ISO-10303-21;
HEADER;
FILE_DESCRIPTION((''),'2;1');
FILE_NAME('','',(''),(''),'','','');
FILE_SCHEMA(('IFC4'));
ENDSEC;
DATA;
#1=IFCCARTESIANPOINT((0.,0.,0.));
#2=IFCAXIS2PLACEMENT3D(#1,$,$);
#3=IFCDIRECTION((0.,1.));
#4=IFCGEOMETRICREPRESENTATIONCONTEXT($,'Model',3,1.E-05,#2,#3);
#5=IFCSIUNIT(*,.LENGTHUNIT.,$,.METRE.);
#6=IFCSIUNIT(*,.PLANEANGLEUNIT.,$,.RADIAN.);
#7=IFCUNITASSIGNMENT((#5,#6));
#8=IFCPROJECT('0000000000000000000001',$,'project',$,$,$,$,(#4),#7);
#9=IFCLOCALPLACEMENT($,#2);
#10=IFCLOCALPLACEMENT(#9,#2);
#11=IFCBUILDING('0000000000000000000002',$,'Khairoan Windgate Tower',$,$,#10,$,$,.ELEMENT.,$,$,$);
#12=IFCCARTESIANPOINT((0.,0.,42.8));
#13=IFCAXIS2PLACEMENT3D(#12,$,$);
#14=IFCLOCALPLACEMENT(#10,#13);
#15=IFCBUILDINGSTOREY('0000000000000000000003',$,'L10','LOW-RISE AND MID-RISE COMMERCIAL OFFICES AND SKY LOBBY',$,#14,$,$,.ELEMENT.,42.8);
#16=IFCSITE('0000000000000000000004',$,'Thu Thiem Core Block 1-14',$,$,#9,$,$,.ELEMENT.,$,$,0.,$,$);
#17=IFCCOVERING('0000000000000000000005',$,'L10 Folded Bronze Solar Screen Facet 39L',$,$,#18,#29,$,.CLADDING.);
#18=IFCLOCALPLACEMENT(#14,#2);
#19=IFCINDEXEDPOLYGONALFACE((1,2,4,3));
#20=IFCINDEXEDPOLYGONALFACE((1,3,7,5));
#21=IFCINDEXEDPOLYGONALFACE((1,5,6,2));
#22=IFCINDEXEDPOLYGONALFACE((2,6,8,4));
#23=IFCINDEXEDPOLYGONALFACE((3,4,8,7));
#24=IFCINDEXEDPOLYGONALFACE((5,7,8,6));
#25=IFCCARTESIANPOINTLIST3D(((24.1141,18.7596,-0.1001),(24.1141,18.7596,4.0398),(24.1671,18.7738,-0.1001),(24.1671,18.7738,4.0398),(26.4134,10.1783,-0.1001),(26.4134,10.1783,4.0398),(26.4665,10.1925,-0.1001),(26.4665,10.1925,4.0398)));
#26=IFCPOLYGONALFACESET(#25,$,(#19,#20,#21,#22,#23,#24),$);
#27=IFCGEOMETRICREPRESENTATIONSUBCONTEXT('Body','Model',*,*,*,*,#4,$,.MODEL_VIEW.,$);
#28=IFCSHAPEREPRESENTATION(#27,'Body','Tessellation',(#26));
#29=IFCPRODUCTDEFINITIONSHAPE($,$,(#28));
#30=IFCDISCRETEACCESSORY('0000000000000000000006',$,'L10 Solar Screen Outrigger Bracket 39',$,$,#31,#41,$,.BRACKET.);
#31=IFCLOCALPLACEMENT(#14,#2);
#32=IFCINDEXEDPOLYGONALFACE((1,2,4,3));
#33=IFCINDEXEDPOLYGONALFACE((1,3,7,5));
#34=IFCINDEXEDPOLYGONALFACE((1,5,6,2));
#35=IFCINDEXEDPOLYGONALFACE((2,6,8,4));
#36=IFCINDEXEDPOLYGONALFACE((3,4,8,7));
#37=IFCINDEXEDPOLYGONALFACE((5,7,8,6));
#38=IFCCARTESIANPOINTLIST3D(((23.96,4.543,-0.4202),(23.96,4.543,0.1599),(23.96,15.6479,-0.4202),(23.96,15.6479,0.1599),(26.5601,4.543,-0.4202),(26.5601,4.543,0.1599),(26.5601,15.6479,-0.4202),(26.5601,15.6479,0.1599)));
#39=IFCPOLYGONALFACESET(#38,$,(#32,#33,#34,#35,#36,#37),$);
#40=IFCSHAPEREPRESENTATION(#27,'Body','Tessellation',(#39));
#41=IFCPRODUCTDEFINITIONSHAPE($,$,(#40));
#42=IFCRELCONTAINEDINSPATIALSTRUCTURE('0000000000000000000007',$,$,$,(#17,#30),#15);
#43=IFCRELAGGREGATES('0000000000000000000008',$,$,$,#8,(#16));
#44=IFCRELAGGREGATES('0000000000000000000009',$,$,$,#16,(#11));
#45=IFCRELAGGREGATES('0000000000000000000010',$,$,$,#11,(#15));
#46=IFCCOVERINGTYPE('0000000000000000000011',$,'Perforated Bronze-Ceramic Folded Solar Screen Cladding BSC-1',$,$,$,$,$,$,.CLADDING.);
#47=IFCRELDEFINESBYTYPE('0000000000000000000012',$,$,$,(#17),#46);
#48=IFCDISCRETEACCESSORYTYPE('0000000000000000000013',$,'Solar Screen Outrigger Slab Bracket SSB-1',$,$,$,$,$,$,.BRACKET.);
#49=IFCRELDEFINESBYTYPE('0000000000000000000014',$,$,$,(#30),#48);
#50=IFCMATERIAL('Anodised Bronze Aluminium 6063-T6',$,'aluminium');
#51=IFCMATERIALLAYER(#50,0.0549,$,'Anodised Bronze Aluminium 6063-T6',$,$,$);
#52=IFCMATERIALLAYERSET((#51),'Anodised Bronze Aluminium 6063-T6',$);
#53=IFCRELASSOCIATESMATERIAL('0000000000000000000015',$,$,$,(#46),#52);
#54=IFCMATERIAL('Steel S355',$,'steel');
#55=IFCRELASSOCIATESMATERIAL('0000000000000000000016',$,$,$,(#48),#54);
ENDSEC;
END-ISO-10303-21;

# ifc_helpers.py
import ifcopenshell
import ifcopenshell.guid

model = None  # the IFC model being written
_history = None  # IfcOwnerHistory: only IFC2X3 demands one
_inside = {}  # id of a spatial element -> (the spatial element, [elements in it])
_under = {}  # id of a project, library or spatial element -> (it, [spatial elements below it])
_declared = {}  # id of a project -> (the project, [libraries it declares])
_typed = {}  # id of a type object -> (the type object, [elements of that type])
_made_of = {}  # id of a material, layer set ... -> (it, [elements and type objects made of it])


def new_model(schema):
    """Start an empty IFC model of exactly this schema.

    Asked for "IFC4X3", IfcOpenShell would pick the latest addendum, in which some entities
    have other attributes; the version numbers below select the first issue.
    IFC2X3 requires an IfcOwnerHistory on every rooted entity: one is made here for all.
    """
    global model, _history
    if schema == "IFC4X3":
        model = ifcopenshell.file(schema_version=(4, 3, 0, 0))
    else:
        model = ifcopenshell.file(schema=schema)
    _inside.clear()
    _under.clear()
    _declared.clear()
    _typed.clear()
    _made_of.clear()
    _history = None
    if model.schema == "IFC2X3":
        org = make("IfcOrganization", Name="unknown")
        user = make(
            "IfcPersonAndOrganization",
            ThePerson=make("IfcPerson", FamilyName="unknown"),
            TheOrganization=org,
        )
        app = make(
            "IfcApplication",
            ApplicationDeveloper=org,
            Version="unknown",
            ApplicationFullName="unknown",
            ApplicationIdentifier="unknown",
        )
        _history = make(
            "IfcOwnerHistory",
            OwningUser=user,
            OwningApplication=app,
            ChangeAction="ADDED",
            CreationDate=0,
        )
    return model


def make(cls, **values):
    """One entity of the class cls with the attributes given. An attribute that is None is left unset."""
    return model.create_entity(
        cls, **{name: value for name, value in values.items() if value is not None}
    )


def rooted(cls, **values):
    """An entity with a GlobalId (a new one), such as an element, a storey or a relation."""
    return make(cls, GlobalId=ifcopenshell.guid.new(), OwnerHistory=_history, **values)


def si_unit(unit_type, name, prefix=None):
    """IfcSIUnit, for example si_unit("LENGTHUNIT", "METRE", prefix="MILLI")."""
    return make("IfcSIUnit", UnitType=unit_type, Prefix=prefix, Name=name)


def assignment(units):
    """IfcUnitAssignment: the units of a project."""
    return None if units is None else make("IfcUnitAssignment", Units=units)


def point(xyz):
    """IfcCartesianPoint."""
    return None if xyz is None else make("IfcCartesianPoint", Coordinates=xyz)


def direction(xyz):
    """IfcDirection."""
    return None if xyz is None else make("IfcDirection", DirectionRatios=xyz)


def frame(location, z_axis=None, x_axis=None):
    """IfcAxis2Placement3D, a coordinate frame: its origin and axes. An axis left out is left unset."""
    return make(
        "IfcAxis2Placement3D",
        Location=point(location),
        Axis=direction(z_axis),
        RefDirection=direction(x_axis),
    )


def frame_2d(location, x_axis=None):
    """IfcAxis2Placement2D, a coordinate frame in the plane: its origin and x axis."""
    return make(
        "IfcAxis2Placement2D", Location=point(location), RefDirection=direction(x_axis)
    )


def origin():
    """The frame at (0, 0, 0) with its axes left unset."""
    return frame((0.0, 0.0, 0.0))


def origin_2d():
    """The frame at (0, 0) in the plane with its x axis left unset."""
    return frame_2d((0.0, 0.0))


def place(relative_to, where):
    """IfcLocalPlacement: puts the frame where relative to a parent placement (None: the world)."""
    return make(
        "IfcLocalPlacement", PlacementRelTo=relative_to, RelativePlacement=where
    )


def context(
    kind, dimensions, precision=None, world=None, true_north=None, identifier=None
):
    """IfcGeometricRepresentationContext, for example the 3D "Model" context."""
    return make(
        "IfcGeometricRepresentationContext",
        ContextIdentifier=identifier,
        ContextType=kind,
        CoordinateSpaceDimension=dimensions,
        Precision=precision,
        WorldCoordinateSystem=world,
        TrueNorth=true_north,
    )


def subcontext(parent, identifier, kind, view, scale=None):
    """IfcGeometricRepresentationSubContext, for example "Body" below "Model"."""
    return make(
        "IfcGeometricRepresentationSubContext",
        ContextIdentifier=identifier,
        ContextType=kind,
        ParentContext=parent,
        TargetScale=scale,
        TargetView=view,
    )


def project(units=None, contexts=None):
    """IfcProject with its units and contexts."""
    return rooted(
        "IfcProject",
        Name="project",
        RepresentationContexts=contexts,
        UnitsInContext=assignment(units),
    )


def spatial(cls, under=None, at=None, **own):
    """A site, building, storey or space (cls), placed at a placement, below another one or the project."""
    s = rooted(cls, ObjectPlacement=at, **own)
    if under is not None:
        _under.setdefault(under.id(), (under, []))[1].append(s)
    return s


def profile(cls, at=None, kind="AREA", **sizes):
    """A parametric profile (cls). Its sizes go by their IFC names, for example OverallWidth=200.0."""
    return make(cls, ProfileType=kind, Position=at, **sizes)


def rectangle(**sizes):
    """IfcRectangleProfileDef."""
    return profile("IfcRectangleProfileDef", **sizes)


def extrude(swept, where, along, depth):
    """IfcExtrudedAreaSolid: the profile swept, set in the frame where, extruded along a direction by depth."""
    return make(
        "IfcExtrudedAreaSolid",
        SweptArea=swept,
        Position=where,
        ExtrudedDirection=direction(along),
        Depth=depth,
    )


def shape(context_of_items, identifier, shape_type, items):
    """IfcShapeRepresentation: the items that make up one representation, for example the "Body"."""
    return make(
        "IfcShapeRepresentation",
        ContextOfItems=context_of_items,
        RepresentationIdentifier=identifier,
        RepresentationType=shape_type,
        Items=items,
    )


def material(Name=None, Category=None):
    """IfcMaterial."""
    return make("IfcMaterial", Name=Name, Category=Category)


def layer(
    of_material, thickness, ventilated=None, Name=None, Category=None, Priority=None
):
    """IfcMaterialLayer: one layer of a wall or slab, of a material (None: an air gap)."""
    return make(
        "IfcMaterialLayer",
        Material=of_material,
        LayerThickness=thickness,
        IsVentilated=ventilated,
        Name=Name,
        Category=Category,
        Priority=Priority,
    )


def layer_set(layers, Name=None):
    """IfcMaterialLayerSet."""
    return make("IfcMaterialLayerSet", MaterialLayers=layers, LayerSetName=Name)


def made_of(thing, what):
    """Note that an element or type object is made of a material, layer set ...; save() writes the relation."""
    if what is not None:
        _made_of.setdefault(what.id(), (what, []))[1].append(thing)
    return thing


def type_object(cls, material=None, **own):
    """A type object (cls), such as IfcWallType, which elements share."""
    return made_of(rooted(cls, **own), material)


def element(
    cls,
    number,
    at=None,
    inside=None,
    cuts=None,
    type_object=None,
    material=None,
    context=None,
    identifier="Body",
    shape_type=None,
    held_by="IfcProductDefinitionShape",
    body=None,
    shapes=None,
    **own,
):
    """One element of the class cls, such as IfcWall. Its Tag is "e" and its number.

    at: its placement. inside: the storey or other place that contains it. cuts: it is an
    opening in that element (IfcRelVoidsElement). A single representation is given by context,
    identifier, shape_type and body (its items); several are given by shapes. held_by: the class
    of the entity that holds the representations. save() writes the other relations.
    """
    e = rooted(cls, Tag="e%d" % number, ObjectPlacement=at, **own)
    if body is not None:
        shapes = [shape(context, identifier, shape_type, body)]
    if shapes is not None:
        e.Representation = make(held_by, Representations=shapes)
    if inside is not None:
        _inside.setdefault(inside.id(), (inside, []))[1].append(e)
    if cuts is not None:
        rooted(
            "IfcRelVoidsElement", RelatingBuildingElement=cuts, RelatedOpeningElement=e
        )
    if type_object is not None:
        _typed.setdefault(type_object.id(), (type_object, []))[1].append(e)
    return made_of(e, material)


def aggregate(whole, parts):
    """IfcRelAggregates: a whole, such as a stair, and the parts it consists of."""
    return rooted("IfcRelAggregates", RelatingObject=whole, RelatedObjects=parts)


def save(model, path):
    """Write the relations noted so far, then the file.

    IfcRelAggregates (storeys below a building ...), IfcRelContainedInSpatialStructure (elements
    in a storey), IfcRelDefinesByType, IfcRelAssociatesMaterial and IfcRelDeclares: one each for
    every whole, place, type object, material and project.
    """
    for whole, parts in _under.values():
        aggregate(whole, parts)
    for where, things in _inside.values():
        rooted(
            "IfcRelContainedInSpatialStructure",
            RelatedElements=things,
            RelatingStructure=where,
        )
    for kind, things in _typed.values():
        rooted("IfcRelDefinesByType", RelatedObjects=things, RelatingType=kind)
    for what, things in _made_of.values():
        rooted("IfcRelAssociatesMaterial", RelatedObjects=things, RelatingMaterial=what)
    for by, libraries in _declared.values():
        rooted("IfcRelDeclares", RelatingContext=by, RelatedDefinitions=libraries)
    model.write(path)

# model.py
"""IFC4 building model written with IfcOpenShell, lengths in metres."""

from ifc_helpers import new_model, si_unit, direction, frame, origin, origin_2d, place, context, subcontext, project, spatial, rectangle, extrude, material, layer, layer_set, type_object, element, save


model = new_model("IFC4")

# Units and contexts
model_context = context("Model", 3, precision=1e-05, world=origin(), true_north=direction((0.0, 1.0)))
body_context = subcontext(model_context, "Body", "Model", "MODEL_VIEW")
ifc_project = project(units=[si_unit("LENGTHUNIT", "METRE"), si_unit("PLANEANGLEUNIT", "RADIAN")], contexts=[model_context])

# Site, building, storey
site_placement = place(None, origin())
site = spatial("IfcSite", under=ifc_project, at=site_placement, Name="Thu Thiem Core Block 1-14", CompositionType="ELEMENT", RefElevation=0.0)
building_placement = place(site_placement, origin())
building = spatial("IfcBuilding", under=site, at=building_placement, Name="Khairoan Windgate Tower", CompositionType="ELEMENT")
storey_placement = place(building_placement, frame((0.0, 0.0, 42.8)))
storey = spatial("IfcBuildingStorey", under=building, at=storey_placement, Name="L10", Description="LOW-RISE AND MID-RISE COMMERCIAL OFFICES AND SKY LOBBY", CompositionType="ELEMENT", Elevation=42.8)

# Covering
ifc_material_1 = material(Name="Anodised Bronze Aluminium 6063-T6", Category="aluminium")
ifc_layer_1 = layer(ifc_material_1, 0.0549, Name="Anodised Bronze Aluminium 6063-T6")
ifc_layer_set_1 = layer_set([ifc_layer_1], Name="Anodised Bronze Aluminium 6063-T6")
covering_type = type_object("IfcCoveringType", Name="Perforated Bronze-Ceramic Folded Solar Screen Cladding BSC-1", PredefinedType="CLADDING", material=ifc_layer_set_1)
covering_placement = place(storey_placement, frame((25.2903, 14.4761, -0.1001), z_axis=(0.0, 0.0, 1.0), x_axis=(0.258819, -0.965926, 0.0)))
element("IfcCovering", 1, at=covering_placement, inside=storey, type_object=covering_type, Name="L10 Folded Bronze Solar Screen Facet 39L", PredefinedType="CLADDING", context=body_context, shape_type="SweptSolid", body=[
    extrude(rectangle(XDim=8.884, YDim=0.0549, at=origin_2d()), origin(), (0.0, 0.0, 1.0), 4.1399),
])

# Discrete accessory
ifc_material_2 = material(Name="Steel S355", Category="steel")
discrete_accessory_type = type_object("IfcDiscreteAccessoryType", Name="Solar Screen Outrigger Slab Bracket SSB-1", PredefinedType="BRACKET", material=ifc_material_2)
discrete_accessory_placement = place(storey_placement, frame((25.26, 10.0955, -0.4202), z_axis=(0.0, 0.0, 1.0), x_axis=(0.0, -1.0, 0.0)))
element("IfcDiscreteAccessory", 2, at=discrete_accessory_placement, inside=storey, type_object=discrete_accessory_type, Name="L10 Solar Screen Outrigger Bracket 39", PredefinedType="BRACKET", context=body_context, shape_type="SweptSolid", body=[
    extrude(rectangle(XDim=11.105, YDim=2.6001, at=origin_2d()), origin(), (0.0, 0.0, 1.0), 0.5801),
])

save(model, "model.ifc")
